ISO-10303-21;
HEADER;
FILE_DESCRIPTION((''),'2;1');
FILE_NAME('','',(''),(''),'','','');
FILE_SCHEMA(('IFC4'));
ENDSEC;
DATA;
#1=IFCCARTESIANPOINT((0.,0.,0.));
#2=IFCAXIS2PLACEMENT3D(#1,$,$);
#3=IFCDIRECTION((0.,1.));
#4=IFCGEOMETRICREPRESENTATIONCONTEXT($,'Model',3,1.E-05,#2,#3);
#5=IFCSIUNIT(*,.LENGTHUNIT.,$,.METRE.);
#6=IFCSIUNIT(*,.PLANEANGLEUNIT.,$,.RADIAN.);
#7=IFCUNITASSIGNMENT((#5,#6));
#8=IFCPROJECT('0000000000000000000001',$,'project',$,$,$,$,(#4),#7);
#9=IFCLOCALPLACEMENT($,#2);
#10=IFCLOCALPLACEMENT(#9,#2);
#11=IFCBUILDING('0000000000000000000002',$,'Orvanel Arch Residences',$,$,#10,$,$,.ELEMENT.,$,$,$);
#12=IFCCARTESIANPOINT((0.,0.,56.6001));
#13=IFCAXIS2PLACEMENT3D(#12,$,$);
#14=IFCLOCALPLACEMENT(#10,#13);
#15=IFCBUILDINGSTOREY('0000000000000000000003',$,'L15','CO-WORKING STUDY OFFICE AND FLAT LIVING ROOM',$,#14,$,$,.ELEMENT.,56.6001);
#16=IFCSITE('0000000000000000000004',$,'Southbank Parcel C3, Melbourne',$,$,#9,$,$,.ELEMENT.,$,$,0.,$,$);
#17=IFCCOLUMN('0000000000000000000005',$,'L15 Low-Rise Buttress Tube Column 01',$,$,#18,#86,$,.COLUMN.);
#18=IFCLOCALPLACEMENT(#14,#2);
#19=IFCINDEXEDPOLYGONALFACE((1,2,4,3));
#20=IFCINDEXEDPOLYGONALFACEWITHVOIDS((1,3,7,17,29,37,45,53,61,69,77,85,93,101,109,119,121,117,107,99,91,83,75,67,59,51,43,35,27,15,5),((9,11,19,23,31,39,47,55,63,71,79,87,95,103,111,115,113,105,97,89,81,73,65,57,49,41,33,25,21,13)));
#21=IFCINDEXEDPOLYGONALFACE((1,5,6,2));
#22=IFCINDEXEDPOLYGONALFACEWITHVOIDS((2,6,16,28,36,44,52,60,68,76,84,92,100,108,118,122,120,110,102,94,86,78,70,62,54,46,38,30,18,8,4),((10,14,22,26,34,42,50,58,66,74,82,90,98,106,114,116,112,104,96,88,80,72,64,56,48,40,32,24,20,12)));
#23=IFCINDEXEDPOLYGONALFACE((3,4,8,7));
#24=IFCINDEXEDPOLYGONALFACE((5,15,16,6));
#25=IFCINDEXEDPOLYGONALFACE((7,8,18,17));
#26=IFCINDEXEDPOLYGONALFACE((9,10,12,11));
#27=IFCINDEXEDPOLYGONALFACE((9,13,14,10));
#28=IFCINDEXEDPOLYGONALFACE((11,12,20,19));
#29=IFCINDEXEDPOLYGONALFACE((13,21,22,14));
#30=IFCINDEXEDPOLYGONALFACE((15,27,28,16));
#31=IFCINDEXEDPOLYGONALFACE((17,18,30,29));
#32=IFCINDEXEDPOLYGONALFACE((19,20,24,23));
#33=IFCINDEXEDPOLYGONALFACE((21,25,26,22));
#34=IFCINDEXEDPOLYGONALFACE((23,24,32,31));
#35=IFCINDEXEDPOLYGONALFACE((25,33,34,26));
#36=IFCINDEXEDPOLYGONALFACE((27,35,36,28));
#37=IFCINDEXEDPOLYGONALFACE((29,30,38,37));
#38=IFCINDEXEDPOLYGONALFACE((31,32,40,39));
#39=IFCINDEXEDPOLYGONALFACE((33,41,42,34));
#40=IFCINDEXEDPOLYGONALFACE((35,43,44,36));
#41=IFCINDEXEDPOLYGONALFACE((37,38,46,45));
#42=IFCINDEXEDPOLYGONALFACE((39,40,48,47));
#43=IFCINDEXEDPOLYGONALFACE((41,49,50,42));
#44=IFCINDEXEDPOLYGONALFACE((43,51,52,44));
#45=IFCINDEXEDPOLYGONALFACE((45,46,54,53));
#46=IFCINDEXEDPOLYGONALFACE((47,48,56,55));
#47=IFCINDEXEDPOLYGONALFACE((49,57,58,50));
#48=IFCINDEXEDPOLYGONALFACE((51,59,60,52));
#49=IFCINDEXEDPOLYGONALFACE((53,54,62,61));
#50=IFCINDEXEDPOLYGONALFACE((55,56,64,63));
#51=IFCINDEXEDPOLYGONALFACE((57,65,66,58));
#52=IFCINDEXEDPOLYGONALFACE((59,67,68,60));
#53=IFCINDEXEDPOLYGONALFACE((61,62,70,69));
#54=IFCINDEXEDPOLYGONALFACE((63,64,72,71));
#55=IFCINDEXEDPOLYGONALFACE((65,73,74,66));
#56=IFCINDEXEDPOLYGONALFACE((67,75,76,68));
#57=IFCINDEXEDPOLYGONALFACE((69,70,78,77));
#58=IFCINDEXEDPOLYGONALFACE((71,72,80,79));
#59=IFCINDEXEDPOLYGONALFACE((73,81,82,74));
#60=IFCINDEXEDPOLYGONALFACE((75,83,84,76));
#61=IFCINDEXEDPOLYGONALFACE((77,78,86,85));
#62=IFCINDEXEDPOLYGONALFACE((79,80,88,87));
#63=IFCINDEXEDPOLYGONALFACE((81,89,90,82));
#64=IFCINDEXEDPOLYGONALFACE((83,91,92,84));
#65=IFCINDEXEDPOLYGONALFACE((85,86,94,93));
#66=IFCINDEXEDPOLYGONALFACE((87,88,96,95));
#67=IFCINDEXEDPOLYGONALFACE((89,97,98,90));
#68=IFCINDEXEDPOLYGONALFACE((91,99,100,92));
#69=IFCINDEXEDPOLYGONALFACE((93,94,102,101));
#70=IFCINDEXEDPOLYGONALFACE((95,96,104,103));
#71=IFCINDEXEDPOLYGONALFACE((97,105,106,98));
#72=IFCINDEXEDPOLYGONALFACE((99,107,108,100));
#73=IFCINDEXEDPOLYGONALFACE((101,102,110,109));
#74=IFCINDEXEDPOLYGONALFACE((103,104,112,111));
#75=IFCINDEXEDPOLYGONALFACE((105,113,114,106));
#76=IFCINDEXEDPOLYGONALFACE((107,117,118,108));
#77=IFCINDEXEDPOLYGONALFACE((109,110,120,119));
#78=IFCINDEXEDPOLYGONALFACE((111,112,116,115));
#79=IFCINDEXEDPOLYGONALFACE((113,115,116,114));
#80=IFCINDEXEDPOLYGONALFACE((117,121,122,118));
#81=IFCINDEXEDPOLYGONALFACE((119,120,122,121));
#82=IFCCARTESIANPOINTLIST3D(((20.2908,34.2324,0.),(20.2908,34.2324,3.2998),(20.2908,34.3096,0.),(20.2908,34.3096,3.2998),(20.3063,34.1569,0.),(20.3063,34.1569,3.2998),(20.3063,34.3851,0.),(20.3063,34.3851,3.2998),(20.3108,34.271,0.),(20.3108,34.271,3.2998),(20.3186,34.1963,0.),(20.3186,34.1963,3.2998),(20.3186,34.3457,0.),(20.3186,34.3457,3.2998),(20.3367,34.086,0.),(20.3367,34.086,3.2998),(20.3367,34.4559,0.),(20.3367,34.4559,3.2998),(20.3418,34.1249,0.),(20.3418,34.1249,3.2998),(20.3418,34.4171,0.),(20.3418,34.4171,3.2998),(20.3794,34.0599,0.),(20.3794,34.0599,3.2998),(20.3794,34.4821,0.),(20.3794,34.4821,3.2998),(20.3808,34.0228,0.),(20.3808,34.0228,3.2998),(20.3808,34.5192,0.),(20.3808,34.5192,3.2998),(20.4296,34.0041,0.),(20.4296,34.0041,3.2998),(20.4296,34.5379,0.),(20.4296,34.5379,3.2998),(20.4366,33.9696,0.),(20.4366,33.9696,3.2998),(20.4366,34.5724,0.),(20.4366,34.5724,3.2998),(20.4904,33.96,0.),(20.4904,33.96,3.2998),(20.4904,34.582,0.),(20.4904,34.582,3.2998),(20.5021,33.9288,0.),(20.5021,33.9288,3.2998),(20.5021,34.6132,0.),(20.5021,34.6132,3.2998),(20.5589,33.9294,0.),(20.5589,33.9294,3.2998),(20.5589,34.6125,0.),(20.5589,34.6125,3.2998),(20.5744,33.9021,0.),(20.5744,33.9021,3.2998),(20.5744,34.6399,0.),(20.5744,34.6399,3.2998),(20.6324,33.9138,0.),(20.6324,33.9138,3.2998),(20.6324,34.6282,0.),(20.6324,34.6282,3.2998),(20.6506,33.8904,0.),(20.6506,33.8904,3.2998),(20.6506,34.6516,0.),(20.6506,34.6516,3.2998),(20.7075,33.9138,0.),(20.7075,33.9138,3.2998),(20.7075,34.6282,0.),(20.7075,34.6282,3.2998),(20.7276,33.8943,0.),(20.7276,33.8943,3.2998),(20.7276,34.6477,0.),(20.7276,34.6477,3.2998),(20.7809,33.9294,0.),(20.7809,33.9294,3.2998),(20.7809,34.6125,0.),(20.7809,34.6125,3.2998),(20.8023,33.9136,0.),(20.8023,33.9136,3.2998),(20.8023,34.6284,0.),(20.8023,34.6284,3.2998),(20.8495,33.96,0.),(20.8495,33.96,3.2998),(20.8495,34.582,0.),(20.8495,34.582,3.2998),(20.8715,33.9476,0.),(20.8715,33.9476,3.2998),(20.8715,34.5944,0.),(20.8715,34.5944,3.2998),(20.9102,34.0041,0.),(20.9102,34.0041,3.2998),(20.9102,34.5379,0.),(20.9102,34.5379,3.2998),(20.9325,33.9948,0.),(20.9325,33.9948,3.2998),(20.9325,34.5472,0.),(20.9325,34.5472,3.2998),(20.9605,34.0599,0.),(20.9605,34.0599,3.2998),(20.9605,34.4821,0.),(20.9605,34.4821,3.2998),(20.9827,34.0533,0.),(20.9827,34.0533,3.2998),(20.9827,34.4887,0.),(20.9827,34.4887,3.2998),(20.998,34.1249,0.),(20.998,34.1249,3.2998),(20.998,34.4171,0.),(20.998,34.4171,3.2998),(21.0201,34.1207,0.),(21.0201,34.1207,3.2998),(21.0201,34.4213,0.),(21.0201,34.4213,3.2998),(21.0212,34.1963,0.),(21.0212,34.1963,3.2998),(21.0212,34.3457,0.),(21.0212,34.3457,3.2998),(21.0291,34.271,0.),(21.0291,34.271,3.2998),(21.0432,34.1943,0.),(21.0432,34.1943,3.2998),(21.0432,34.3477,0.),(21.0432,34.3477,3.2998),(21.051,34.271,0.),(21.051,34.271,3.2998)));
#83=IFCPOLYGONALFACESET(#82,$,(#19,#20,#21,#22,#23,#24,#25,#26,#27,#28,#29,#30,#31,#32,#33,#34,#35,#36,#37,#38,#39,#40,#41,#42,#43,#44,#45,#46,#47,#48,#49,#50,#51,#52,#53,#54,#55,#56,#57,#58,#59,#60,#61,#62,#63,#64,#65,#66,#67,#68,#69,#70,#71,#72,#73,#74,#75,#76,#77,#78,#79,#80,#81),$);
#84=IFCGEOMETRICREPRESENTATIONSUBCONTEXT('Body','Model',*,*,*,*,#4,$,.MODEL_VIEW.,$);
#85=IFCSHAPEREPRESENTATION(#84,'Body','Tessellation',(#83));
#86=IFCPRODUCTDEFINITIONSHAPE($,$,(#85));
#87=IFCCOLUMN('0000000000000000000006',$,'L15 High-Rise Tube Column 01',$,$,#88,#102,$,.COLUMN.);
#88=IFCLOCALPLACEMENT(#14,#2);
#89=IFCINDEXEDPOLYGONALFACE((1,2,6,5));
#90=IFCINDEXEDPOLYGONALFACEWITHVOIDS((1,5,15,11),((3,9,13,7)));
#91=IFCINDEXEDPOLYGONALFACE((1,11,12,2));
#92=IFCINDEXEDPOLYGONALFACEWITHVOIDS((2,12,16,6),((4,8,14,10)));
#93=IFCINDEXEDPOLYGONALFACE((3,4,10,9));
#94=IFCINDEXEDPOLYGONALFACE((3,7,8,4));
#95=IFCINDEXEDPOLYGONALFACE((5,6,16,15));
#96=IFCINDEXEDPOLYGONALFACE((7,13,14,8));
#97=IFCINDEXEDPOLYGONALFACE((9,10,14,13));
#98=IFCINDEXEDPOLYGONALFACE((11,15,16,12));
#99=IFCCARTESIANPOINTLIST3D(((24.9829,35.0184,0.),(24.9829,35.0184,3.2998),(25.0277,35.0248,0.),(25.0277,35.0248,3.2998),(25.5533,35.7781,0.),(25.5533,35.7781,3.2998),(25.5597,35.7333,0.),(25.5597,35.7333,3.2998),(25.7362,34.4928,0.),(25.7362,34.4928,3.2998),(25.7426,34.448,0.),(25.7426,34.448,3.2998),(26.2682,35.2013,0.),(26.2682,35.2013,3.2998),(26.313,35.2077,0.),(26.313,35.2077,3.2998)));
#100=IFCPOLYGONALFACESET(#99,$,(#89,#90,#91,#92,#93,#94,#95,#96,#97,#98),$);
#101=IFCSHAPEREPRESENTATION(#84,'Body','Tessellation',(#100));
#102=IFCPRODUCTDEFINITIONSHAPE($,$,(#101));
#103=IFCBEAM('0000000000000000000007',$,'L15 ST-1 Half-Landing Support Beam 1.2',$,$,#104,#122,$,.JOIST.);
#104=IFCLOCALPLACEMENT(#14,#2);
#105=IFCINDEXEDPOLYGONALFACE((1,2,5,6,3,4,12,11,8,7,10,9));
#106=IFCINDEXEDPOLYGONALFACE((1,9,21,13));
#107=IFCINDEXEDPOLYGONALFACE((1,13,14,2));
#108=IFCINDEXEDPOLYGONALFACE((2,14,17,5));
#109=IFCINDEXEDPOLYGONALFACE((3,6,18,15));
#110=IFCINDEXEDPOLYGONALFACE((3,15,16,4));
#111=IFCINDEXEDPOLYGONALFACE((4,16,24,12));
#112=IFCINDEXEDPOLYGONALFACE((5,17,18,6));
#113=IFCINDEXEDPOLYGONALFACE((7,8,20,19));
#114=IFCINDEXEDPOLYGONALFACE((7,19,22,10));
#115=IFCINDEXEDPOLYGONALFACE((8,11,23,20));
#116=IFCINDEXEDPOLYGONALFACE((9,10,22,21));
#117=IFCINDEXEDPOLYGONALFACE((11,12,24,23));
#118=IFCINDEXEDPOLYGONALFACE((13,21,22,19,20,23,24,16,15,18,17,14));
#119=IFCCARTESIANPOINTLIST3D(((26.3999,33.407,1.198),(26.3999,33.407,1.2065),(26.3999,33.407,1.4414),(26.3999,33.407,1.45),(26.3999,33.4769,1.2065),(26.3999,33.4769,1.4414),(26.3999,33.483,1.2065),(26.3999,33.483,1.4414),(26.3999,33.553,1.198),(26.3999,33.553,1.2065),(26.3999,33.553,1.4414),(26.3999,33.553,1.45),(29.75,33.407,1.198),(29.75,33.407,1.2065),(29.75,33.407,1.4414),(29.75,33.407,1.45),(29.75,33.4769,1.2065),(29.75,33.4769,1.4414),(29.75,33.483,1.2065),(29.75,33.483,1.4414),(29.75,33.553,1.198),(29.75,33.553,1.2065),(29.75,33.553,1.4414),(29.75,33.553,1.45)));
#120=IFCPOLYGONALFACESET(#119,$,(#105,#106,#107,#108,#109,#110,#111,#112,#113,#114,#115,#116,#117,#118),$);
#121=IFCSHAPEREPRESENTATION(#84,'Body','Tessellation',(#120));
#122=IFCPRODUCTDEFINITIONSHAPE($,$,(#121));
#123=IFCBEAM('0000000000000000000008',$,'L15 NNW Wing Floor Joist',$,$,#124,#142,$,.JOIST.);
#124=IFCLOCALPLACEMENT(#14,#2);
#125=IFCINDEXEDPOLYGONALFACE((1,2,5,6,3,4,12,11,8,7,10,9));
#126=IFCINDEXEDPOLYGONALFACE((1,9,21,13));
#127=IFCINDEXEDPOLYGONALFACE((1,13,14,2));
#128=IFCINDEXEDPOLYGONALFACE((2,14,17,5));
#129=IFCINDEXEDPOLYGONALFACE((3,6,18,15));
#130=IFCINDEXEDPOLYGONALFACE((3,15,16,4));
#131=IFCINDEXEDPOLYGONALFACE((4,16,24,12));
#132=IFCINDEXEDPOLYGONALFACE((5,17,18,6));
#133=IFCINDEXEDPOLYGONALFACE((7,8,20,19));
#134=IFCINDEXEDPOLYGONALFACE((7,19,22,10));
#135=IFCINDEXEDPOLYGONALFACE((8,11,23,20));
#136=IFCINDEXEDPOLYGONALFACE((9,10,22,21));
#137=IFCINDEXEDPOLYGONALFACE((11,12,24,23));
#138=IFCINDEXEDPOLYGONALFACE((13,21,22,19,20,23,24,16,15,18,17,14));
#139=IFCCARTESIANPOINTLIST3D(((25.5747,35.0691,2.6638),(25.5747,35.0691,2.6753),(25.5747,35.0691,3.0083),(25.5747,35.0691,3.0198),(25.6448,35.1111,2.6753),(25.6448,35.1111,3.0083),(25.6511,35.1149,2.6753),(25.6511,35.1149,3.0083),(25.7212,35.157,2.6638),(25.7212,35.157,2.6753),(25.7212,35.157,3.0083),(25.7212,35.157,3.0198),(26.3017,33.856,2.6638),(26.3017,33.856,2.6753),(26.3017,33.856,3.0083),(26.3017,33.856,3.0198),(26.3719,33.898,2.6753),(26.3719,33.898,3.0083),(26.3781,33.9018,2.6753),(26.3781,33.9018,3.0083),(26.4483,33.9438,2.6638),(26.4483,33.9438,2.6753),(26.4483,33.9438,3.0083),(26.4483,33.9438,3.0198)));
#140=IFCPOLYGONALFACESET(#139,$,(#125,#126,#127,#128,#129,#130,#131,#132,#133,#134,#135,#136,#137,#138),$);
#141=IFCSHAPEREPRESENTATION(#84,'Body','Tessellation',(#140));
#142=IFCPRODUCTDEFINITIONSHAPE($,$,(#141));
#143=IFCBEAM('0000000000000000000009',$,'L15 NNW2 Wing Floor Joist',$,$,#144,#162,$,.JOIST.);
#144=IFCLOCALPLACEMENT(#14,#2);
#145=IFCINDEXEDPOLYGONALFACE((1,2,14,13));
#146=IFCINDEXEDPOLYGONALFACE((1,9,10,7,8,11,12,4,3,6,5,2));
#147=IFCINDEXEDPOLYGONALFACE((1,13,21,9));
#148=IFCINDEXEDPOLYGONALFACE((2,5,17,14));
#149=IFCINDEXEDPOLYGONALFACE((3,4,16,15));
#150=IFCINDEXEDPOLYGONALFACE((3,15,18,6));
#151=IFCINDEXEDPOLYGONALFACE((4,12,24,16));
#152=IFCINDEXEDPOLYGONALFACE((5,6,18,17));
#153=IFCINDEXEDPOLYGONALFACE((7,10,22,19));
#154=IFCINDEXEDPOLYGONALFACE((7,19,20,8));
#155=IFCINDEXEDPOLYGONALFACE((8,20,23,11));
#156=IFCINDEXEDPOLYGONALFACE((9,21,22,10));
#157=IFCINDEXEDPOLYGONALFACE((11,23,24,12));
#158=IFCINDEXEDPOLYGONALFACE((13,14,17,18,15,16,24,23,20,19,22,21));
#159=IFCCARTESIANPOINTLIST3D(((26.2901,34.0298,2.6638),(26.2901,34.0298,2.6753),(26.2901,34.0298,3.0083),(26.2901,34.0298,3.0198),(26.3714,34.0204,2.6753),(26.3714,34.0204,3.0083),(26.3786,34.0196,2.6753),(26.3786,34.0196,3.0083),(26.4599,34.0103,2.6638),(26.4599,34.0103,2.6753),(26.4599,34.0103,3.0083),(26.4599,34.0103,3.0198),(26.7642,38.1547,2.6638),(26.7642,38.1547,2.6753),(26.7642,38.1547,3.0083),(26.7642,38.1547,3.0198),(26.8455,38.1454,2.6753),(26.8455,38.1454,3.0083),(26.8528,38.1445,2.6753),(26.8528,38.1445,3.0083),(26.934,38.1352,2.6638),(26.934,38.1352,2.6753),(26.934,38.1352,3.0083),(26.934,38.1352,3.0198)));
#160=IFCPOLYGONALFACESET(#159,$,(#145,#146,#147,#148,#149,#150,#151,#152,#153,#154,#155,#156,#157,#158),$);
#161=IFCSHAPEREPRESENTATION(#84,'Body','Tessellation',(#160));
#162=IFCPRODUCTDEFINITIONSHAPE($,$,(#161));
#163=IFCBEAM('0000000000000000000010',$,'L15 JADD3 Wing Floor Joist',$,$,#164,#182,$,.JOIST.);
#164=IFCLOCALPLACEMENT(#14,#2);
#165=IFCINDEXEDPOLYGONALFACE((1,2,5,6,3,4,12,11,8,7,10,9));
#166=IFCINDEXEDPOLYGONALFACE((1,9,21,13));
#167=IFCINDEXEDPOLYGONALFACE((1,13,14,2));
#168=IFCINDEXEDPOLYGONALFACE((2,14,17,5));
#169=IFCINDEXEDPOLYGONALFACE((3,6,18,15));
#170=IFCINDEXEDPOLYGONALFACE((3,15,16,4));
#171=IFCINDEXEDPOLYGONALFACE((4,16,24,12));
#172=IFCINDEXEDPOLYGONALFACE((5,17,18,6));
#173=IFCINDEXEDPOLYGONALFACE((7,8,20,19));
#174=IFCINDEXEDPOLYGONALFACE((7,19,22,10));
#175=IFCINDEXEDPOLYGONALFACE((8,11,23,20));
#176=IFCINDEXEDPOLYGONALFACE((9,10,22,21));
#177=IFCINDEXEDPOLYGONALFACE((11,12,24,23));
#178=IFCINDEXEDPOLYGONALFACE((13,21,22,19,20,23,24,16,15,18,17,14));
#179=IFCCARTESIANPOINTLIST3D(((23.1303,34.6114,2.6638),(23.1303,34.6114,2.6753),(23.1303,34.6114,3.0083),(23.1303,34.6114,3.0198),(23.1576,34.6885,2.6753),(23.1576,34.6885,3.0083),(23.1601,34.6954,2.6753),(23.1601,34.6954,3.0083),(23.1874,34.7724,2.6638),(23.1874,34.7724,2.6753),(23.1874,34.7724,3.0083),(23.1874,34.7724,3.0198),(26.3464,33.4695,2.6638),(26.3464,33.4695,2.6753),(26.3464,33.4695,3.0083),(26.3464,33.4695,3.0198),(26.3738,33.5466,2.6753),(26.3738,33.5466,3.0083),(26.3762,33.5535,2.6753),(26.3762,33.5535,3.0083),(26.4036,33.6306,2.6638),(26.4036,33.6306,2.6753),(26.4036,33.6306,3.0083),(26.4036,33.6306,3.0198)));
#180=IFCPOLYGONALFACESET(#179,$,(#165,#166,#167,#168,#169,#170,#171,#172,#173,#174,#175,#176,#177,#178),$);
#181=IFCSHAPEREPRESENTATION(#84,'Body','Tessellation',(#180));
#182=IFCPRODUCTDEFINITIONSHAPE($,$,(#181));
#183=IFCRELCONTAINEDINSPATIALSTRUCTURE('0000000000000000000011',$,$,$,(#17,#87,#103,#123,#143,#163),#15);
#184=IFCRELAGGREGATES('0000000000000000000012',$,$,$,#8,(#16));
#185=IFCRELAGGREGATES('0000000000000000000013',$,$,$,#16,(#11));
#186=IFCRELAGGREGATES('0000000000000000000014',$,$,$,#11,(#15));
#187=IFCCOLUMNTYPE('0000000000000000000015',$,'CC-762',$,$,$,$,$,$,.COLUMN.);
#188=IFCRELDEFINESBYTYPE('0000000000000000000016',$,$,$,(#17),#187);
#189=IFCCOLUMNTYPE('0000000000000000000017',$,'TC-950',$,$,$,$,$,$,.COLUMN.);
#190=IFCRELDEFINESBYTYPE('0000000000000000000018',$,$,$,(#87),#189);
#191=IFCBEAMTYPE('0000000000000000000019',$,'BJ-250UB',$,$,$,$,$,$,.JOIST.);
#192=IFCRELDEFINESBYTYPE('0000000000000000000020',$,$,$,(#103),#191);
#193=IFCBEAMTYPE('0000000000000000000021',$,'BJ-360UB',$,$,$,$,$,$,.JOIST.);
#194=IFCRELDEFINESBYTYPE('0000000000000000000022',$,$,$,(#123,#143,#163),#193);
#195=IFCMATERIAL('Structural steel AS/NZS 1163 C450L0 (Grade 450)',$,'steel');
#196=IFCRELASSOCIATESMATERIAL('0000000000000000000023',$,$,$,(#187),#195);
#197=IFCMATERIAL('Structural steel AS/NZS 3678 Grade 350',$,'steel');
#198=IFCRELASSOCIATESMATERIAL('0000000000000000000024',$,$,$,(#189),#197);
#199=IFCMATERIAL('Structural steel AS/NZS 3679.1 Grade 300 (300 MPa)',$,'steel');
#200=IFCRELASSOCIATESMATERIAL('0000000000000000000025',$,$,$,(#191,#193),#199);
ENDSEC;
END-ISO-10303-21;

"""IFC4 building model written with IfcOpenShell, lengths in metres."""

from ifc_helpers import new_model, si_unit, direction, frame, origin, origin_2d, place, context, subcontext, project, spatial, hollow_rectangle, hollow_circle, i_section, extrude, material, material_profile, profile_set, type_object, element, save


model = new_model("IFC4")

# Units and contexts
model_context = context("Model", 3, precision=1e-05, world=origin(), true_north=direction((0.0, 1.0)))
body_context = subcontext(model_context, "Body", "Model", "MODEL_VIEW")
ifc_project = project(units=[si_unit("LENGTHUNIT", "METRE"), si_unit("PLANEANGLEUNIT", "RADIAN")], contexts=[model_context])

# Site, building, storey
site_placement = place(None, origin())
site = spatial("IfcSite", under=ifc_project, at=site_placement, Name="Southbank Parcel C3, Melbourne", CompositionType="ELEMENT", RefElevation=0.0)
building_placement = place(site_placement, origin())
building = spatial("IfcBuilding", under=site, at=building_placement, Name="Orvanel Arch Residences", CompositionType="ELEMENT")
storey_placement = place(building_placement, frame((0.0, 0.0, 56.6001)))
storey = spatial("IfcBuildingStorey", under=building, at=storey_placement, Name="L15", Description="CO-WORKING STUDY OFFICE AND FLAT LIVING ROOM", CompositionType="ELEMENT", Elevation=56.6001)

# Columns
ifc_material_1 = material(Name="Structural steel AS/NZS 1163 C450L0 (Grade 450)", Category="steel")
ifc_material_profile_1 = material_profile(ifc_material_1, hollow_circle(Radius=0.3811, WallThickness=0.022, at=origin_2d()), Name="CHS762x22")
ifc_profile_set_1 = profile_set([ifc_material_profile_1], Name="Structural steel AS/NZS 1163 C450L0 (Grade 450)")
column_type_1 = type_object("IfcColumnType", Name="CC-762", PredefinedType="COLUMN", material=ifc_profile_set_1)
column_1_placement = place(storey_placement, frame((20.6699, 34.271, 0.0), z_axis=(0.0, 0.0, 1.0), x_axis=(1.0, 0.0, 0.0)))
element("IfcColumn", 1, at=column_1_placement, inside=storey, type_object=column_type_1, Name="L15 Low-Rise Buttress Tube Column 01", PredefinedType="COLUMN", context=body_context, shape_type="SweptSolid", body=[
    extrude(hollow_circle(Radius=0.3811, WallThickness=0.022, at=origin_2d()), origin(), (0.0, 0.0, 1.0), 3.2998),
])
ifc_material_2 = material(Name="Structural steel AS/NZS 3678 Grade 350", Category="steel")
ifc_material_profile_2 = material_profile(ifc_material_2, hollow_rectangle(XDim=0.95, YDim=0.95, WallThickness=0.032, at=origin_2d()), Name="BOX950x950x32")
ifc_profile_set_2 = profile_set([ifc_material_profile_2], Name="Structural steel AS/NZS 3678 Grade 350")
column_type_2 = type_object("IfcColumnType", Name="TC-950", PredefinedType="COLUMN", material=ifc_profile_set_2)
column_2_placement = place(storey_placement, frame((25.6479, 35.113, 0.0), z_axis=(0.0, 0.0, 1.0), x_axis=(0.60042, 0.799685, 0.0)))
element("IfcColumn", 2, at=column_2_placement, inside=storey, type_object=column_type_2, Name="L15 High-Rise Tube Column 01", PredefinedType="COLUMN", context=body_context, shape_type="SweptSolid", body=[
    extrude(hollow_rectangle(XDim=0.95, YDim=0.95, WallThickness=0.032, at=origin_2d()), origin(), (0.0, 0.0, 1.0), 3.2998),
])

# Beams
ifc_material_3 = material(Name="Structural steel AS/NZS 3679.1 Grade 300 (300 MPa)", Category="steel")
ifc_material_profile_3 = material_profile(ifc_material_3, i_section(OverallWidth=0.146, OverallDepth=0.252, WebThickness=0.0061, FlangeThickness=0.0085, at=origin_2d()), Name="250UB31.4")
ifc_profile_set_3 = profile_set([ifc_material_profile_3], Name="Structural steel AS/NZS 3679.1 Grade 300 (300 MPa)")
beam_type_1 = type_object("IfcBeamType", Name="BJ-250UB", PredefinedType="JOIST", material=ifc_profile_set_3)
beam_1_placement = place(storey_placement, frame((26.3999, 33.48, 1.324), z_axis=(1.0, 0.0, 0.0), x_axis=(0.0, 1.0, 0.0)))
element("IfcBeam", 3, at=beam_1_placement, inside=storey, type_object=beam_type_1, Name="L15 ST-1 Half-Landing Support Beam 1.2", PredefinedType="JOIST", context=body_context, shape_type="SweptSolid", body=[
    extrude(i_section(OverallWidth=0.146, OverallDepth=0.252, WebThickness=0.0061, FlangeThickness=0.0085, at=origin_2d()), origin(), (0.0, 0.0, 1.0), 3.3501),
])
ifc_material_profile_4 = material_profile(ifc_material_3, i_section(OverallWidth=0.1709, OverallDepth=0.356, WebThickness=0.0073, FlangeThickness=0.0115, at=origin_2d()), Name="360UB50.7")
ifc_profile_set_4 = profile_set([ifc_material_profile_4], Name="Structural steel AS/NZS 3679.1 Grade 300 (300 MPa)")
beam_type_2 = type_object("IfcBeamType", Name="BJ-360UB", PredefinedType="JOIST", material=ifc_profile_set_4)
beam_2_placement = place(storey_placement, frame((26.375, 33.8999, 2.8418), z_axis=(-0.514064, 0.857752, 0.0), x_axis=(-0.857752, -0.514064, 0.0)))
element("IfcBeam", 4, at=beam_2_placement, inside=storey, type_object=beam_type_2, Name="L15 NNW Wing Floor Joist", PredefinedType="JOIST", context=body_context, shape_type="SweptSolid", body=[
    extrude(i_section(OverallWidth=0.1709, OverallDepth=0.356, WebThickness=0.0073, FlangeThickness=0.0115, at=origin_2d()), origin(), (0.0, 0.0, 1.0), 1.4143),
])
beam_3_placement = place(storey_placement, frame((26.375, 34.02, 2.8418), z_axis=(0.114187, 0.993459, 0.0), x_axis=(-0.993459, 0.114187, 0.0)))
element("IfcBeam", 5, at=beam_3_placement, inside=storey, type_object=beam_type_2, Name="L15 NNW2 Wing Floor Joist", PredefinedType="JOIST", context=body_context, shape_type="SweptSolid", body=[
    extrude(i_section(OverallWidth=0.1709, OverallDepth=0.356, WebThickness=0.0073, FlangeThickness=0.0115, at=origin_2d()), origin(), (0.0, 0.0, 1.0), 4.1521),
])
beam_4_placement = place(storey_placement, frame((26.375, 33.55, 2.8418), z_axis=(-0.942367, 0.334582, 0.0), x_axis=(-0.334582, -0.942367, 0.0)))
element("IfcBeam", 6, at=beam_4_placement, inside=storey, type_object=beam_type_2, Name="L15 JADD3 Wing Floor Joist", PredefinedType="JOIST", context=body_context, shape_type="SweptSolid", body=[
    extrude(i_section(OverallWidth=0.1709, OverallDepth=0.356, WebThickness=0.0073, FlangeThickness=0.0115, at=origin_2d()), origin(), (0.0, 0.0, 1.0), 3.4128),
])

save(model, "model.ifc")
